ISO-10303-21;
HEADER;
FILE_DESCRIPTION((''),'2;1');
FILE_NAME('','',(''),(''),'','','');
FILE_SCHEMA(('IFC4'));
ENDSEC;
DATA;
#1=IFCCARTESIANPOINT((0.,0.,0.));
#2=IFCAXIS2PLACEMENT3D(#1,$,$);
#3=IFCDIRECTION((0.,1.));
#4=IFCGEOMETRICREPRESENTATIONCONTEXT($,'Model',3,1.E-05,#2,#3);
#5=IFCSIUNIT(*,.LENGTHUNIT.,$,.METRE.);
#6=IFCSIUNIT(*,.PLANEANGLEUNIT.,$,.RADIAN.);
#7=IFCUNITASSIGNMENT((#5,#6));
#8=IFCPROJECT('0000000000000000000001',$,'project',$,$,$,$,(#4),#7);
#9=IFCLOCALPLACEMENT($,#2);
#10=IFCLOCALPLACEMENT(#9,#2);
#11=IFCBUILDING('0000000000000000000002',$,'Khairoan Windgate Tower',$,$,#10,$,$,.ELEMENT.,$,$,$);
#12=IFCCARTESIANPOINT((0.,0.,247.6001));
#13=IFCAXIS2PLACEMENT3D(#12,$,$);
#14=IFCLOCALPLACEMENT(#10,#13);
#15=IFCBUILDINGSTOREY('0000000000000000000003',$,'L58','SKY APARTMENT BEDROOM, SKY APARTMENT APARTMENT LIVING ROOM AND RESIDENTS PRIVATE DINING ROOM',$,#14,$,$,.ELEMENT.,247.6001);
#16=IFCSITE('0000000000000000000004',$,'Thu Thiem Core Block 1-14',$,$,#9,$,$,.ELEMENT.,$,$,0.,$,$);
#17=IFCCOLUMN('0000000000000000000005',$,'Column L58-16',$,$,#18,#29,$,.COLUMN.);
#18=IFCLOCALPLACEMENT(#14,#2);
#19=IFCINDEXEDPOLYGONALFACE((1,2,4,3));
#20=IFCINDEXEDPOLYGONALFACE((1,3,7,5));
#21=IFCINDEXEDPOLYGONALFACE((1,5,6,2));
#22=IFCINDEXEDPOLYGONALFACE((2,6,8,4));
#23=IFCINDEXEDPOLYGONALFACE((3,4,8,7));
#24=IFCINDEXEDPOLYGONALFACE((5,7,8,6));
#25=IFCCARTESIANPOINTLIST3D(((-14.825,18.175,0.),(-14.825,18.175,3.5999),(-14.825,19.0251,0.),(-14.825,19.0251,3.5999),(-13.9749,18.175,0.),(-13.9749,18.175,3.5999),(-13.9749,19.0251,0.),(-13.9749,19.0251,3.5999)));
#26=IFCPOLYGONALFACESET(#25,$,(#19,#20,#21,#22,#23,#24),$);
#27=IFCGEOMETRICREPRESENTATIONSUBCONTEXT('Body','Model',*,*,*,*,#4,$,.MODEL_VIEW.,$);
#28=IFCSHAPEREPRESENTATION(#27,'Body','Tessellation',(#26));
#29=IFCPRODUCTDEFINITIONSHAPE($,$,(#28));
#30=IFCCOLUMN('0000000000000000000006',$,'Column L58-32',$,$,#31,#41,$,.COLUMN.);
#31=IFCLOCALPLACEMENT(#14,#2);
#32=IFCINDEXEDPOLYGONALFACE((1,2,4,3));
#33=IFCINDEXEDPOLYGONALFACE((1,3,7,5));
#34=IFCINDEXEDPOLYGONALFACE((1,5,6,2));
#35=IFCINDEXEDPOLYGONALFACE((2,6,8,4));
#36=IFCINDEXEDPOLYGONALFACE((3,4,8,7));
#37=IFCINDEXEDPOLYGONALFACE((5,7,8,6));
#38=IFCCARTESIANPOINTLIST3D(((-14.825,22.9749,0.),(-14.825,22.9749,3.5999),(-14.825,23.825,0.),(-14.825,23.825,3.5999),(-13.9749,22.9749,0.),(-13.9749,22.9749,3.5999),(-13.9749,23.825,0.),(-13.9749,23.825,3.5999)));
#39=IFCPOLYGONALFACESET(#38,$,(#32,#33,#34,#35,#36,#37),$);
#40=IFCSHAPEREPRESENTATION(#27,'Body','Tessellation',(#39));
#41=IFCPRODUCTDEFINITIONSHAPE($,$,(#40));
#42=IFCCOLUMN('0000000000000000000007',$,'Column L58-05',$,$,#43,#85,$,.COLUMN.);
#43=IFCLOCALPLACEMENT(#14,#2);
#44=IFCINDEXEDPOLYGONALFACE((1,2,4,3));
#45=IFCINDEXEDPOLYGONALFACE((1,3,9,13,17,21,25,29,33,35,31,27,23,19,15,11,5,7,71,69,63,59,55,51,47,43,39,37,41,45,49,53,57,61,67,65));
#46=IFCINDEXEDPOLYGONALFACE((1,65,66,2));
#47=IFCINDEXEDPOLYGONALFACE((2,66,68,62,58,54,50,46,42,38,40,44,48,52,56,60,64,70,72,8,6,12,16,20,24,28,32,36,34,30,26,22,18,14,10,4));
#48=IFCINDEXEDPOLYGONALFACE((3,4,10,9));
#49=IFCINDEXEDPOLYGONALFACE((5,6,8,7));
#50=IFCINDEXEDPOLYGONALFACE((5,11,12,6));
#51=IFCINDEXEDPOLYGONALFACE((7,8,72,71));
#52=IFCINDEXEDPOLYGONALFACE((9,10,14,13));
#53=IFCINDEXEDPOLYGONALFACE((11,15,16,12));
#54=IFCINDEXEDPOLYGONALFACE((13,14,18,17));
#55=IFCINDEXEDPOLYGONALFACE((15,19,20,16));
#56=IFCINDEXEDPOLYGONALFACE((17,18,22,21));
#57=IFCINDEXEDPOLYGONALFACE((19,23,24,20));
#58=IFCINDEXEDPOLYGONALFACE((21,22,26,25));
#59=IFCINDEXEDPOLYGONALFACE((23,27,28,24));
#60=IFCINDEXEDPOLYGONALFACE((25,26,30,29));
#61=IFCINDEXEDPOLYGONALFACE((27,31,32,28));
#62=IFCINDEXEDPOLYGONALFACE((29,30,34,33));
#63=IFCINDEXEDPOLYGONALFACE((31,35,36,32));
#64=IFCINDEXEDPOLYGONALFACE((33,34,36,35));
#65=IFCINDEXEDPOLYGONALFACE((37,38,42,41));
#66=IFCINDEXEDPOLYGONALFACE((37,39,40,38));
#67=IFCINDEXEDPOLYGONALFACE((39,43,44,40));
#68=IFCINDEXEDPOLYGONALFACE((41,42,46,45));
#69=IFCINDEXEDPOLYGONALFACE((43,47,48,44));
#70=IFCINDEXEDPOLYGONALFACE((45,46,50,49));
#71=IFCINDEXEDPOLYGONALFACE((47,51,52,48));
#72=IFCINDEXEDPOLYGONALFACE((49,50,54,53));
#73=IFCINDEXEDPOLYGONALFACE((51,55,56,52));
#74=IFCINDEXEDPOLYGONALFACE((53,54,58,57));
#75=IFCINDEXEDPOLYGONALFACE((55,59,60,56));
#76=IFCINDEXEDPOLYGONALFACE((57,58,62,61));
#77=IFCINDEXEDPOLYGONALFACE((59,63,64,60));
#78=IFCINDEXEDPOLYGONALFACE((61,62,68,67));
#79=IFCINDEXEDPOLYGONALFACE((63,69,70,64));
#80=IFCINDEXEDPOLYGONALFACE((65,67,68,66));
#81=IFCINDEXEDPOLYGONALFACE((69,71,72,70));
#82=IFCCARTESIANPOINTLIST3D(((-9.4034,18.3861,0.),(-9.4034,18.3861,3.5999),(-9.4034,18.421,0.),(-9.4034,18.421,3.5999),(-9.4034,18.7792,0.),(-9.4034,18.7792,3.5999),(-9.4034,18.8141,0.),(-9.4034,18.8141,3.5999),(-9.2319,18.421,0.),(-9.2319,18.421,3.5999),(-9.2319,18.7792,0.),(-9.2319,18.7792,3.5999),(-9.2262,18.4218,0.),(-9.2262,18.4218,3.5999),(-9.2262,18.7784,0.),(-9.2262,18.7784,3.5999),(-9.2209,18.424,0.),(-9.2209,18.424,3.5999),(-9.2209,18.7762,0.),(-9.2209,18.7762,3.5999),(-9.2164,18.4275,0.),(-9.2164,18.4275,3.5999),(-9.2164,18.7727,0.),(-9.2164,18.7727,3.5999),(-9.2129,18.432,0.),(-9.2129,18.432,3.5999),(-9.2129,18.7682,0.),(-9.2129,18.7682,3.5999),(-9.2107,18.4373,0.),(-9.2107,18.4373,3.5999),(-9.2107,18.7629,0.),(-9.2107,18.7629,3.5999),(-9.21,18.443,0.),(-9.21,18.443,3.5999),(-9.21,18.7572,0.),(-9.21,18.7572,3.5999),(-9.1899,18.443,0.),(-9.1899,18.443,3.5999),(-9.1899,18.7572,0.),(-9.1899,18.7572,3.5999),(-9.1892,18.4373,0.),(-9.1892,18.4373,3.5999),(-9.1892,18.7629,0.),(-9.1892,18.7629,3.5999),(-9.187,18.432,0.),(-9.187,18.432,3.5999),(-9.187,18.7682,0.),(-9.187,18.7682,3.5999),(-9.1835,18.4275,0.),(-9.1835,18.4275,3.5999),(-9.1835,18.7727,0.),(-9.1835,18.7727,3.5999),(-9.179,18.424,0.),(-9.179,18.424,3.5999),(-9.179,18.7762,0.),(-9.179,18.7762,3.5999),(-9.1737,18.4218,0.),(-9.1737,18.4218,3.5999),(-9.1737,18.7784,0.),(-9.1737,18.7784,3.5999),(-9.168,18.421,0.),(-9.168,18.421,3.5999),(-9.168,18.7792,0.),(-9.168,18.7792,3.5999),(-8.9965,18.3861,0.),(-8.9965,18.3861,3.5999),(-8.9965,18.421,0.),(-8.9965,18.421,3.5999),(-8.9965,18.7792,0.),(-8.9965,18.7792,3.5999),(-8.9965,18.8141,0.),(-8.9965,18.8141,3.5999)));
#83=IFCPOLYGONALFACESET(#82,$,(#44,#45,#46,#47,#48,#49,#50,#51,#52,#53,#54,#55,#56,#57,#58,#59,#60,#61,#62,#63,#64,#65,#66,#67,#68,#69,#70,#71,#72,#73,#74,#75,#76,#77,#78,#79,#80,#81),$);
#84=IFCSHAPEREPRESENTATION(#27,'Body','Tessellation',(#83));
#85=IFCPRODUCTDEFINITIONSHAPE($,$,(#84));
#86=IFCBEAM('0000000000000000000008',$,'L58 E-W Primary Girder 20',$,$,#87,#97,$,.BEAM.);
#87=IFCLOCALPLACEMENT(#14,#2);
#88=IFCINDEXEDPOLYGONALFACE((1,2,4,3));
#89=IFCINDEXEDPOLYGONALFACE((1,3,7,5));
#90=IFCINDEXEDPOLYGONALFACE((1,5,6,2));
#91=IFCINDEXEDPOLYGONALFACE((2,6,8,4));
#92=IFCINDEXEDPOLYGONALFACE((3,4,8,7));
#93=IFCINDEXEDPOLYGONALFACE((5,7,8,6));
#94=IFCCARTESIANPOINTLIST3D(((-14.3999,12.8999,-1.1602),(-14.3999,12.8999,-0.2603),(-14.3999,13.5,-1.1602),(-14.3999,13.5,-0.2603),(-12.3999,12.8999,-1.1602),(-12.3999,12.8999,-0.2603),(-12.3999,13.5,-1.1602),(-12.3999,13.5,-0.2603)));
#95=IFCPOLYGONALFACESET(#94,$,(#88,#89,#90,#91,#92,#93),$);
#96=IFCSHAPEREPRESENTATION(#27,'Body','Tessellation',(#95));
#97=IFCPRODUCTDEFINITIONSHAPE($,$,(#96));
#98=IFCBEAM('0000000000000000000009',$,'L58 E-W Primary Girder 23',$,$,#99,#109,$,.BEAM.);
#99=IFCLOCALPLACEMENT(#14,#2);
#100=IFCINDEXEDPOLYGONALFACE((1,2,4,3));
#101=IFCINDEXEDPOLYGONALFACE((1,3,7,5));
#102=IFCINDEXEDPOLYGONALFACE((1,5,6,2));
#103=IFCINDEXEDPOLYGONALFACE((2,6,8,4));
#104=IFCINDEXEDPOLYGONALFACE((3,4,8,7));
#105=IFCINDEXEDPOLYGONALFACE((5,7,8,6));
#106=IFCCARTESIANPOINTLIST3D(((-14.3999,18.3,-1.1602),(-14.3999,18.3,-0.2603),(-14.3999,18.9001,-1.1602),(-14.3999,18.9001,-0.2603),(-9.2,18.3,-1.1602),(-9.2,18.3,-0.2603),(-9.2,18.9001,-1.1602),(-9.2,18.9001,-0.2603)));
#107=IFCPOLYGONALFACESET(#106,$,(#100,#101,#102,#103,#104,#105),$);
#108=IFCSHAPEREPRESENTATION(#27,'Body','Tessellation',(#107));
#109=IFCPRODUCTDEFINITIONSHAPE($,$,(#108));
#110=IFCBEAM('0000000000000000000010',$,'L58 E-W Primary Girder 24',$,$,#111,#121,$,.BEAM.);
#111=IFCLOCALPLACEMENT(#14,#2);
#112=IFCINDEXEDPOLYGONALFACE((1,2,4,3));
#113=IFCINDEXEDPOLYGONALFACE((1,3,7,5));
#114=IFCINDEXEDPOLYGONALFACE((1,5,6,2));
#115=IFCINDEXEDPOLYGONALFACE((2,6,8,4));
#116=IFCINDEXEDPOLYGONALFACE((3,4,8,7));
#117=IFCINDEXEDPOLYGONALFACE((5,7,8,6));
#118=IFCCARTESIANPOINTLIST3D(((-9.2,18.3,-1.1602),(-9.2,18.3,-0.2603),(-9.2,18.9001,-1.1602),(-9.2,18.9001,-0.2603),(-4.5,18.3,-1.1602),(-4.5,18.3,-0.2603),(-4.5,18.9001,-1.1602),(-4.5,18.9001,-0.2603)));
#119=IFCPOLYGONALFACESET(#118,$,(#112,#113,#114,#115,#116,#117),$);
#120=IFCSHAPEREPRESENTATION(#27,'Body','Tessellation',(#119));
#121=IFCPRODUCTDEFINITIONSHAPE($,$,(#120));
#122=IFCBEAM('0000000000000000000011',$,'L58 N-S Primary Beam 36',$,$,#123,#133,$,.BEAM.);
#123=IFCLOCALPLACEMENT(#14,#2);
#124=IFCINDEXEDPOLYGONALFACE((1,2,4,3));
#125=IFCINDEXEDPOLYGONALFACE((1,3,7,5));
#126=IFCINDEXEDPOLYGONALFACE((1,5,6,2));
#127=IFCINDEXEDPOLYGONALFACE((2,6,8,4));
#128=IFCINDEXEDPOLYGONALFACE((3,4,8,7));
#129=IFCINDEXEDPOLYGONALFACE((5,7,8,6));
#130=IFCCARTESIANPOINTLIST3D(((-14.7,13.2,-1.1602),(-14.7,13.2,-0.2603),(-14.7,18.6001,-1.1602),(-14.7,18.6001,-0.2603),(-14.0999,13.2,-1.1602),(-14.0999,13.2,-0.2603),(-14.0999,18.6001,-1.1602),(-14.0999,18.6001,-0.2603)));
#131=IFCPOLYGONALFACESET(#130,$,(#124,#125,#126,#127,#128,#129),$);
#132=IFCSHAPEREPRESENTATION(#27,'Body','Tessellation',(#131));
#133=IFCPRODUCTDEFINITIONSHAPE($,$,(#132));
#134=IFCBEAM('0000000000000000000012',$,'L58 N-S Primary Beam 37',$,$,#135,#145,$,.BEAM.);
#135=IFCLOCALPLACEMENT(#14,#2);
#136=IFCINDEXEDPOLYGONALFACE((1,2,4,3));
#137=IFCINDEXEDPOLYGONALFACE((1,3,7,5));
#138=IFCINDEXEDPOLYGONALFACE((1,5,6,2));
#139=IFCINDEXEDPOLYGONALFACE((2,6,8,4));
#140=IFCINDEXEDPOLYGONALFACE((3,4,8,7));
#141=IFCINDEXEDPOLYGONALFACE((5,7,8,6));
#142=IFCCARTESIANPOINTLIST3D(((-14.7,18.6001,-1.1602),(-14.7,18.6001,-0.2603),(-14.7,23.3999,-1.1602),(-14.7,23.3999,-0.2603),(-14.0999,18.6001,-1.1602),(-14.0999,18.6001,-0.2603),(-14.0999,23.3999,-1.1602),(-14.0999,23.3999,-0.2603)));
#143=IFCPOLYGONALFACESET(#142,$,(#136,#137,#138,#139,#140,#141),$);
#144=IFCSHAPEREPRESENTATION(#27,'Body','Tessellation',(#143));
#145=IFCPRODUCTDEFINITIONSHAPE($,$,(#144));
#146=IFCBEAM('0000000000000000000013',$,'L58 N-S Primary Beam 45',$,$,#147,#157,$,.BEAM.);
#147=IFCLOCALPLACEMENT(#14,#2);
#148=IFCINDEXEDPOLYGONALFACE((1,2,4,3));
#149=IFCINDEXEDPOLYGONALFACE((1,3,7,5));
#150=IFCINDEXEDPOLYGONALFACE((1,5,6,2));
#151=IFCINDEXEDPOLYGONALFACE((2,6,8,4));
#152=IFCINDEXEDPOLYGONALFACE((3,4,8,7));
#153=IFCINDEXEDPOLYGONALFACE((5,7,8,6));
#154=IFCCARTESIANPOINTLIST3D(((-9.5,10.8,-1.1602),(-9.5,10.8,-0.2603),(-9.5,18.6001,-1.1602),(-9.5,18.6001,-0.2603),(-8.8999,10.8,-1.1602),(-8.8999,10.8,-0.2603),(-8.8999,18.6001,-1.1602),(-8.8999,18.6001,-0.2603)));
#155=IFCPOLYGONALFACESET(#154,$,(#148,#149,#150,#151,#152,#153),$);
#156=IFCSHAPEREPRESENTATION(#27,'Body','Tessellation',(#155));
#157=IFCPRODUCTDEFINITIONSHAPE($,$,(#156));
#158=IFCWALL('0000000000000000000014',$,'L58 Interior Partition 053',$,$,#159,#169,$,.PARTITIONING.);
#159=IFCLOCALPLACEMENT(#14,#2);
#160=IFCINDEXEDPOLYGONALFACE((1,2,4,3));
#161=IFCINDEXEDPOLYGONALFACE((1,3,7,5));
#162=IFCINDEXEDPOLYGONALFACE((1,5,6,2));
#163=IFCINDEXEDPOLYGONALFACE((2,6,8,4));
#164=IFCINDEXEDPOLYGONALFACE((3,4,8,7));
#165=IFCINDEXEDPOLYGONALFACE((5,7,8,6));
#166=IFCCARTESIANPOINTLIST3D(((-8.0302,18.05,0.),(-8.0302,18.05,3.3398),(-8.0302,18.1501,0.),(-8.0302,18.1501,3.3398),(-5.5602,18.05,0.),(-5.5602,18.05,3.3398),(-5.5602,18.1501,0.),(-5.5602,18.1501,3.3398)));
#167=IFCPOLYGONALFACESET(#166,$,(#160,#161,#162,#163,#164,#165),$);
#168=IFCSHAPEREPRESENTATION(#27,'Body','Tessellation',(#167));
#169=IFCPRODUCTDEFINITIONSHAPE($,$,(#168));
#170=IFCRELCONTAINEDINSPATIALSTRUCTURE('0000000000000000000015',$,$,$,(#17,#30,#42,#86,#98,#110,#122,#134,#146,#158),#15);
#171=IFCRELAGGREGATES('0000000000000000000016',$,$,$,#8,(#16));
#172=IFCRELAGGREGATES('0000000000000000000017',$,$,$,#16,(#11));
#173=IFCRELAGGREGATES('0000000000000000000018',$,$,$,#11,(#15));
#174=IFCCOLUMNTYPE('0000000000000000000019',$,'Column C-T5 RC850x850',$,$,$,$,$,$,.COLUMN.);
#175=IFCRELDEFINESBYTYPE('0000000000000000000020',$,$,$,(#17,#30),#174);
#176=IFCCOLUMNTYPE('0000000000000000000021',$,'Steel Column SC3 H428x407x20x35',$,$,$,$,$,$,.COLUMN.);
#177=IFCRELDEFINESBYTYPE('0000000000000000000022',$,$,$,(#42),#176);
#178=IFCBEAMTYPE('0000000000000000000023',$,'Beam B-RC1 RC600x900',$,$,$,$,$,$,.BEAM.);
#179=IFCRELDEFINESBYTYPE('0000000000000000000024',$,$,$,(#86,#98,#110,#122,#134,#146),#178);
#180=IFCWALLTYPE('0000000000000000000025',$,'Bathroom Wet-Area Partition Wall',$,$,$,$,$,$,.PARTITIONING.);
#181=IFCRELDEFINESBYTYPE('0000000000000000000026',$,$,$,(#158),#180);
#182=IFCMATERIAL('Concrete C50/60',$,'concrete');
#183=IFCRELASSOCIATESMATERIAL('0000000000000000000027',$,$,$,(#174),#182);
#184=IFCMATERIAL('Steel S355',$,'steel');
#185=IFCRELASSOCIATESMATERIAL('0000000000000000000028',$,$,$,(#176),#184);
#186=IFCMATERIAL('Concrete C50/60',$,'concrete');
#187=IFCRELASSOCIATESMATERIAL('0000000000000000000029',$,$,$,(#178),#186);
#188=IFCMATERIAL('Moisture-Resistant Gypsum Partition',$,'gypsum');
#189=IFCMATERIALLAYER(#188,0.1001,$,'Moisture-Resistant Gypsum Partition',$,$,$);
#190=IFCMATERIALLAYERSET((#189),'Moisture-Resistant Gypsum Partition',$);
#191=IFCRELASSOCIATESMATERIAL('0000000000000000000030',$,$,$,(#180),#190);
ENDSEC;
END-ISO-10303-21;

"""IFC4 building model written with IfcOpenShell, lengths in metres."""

from ifc_helpers import new_model, si_unit, direction, frame, frame_2d, origin, origin_2d, place, context, subcontext, project, spatial, rectangle, i_section, extrude, material, layer, layer_set, material_profile, profile_set, type_object, element, save


model = new_model("IFC4")

# Units and contexts
model_context = context("Model", 3, precision=1e-05, world=origin(), true_north=direction((0.0, 1.0)))
body_context = subcontext(model_context, "Body", "Model", "MODEL_VIEW")
ifc_project = project(units=[si_unit("LENGTHUNIT", "METRE"), si_unit("PLANEANGLEUNIT", "RADIAN")], contexts=[model_context])

# Site, building, storey
site_placement = place(None, origin())
site = spatial("IfcSite", under=ifc_project, at=site_placement, Name="Thu Thiem Core Block 1-14", CompositionType="ELEMENT", RefElevation=0.0)
building_placement = place(site_placement, origin())
building = spatial("IfcBuilding", under=site, at=building_placement, Name="Khairoan Windgate Tower", CompositionType="ELEMENT")
storey_placement = place(building_placement, frame((0.0, 0.0, 247.6001)))
storey = spatial("IfcBuildingStorey", under=building, at=storey_placement, Name="L58", Description="SKY APARTMENT BEDROOM, SKY APARTMENT APARTMENT LIVING ROOM AND RESIDENTS PRIVATE DINING ROOM", CompositionType="ELEMENT", Elevation=247.6001)

# Columns
ifc_material_1 = material(Name="Concrete C50/60", Category="concrete")
ifc_material_profile_1 = material_profile(ifc_material_1, rectangle(XDim=0.8501, YDim=0.8501, at=origin_2d()))
ifc_profile_set_1 = profile_set([ifc_material_profile_1], Name="Concrete C50/60")
column_type_1 = type_object("IfcColumnType", Name="Column C-T5 RC850x850", PredefinedType="COLUMN", material=ifc_profile_set_1)
for number, where, z_axis, x_axis, name in (
    (1, (-14.3999, 18.6001, 0.0), (0.0, 0.0, 1.0), (1.0, 0.0, 0.0), "Column L58-16"),
    (2, (-14.3999, 23.3999, 0.0), (0.0, 0.0, 1.0), (1.0, 0.0, 0.0), "Column L58-32"),
):
    element("IfcColumn", number, at=place(storey_placement, frame(where, z_axis=z_axis, x_axis=x_axis)), inside=storey, type_object=column_type_1, Name=name, PredefinedType="COLUMN", context=body_context, shape_type="SweptSolid", body=[
        extrude(rectangle(XDim=0.8501, YDim=0.8501, at=origin_2d()), origin(), (0.0, 0.0, 1.0), 3.5999),
    ])
ifc_material_2 = material(Name="Steel S355", Category="steel")
ifc_material_profile_2 = material_profile(ifc_material_2, i_section(OverallWidth=0.407, OverallDepth=0.428, WebThickness=0.02, FlangeThickness=0.0349, FilletRadius=0.022, at=origin_2d()))
ifc_profile_set_2 = profile_set([ifc_material_profile_2], Name="Steel S355")
column_type_2 = type_object("IfcColumnType", Name="Steel Column SC3 H428x407x20x35", PredefinedType="COLUMN", material=ifc_profile_set_2)
column_placement = place(storey_placement, frame((-9.2, 18.6001, 0.0), z_axis=(0.0, 0.0, 1.0), x_axis=(1.0, 0.0, 0.0)))
element("IfcColumn", 3, at=column_placement, inside=storey, type_object=column_type_2, Name="Column L58-05", PredefinedType="COLUMN", context=body_context, shape_type="SweptSolid", body=[
    extrude(i_section(OverallWidth=0.407, OverallDepth=0.428, WebThickness=0.02, FlangeThickness=0.0349, FilletRadius=0.022, at=origin_2d()), origin(), (0.0, 0.0, 1.0), 3.5999),
])

# Beams
ifc_material_3 = material(Name="Concrete C50/60", Category="concrete")
ifc_material_profile_3 = material_profile(ifc_material_3, rectangle(XDim=0.6001, YDim=0.8999, at=origin_2d()))
ifc_profile_set_3 = profile_set([ifc_material_profile_3], Name="Concrete C50/60")
beam_type = type_object("IfcBeamType", Name="Beam B-RC1 RC600x900", PredefinedType="BEAM", material=ifc_profile_set_3)
beam_1_placement = place(storey_placement, frame((-14.3999, 13.2, -0.7102), z_axis=(1.0, 0.0, 0.0), x_axis=(0.0, 1.0, 0.0)))
element("IfcBeam", 4, at=beam_1_placement, inside=storey, type_object=beam_type, Name="L58 E-W Primary Girder 20", PredefinedType="BEAM", context=body_context, shape_type="SweptSolid", body=[
    extrude(rectangle(XDim=0.6001, YDim=0.8999, at=origin_2d()), origin(), (0.0, 0.0, 1.0), 2.0),
])
beam_2_placement = place(storey_placement, frame((-14.3999, 18.6001, -0.7102), z_axis=(1.0, 0.0, 0.0), x_axis=(0.0, 1.0, 0.0)))
element("IfcBeam", 5, at=beam_2_placement, inside=storey, type_object=beam_type, Name="L58 E-W Primary Girder 23", PredefinedType="BEAM", context=body_context, shape_type="SweptSolid", body=[
    extrude(rectangle(XDim=0.6001, YDim=0.8999, at=origin_2d()), origin(), (0.0, 0.0, 1.0), 5.2),
])
beam_3_placement = place(storey_placement, frame((-9.2, 18.6001, -0.7102), z_axis=(1.0, 0.0, 0.0), x_axis=(0.0, 1.0, 0.0)))
element("IfcBeam", 6, at=beam_3_placement, inside=storey, type_object=beam_type, Name="L58 E-W Primary Girder 24", PredefinedType="BEAM", context=body_context, shape_type="SweptSolid", body=[
    extrude(rectangle(XDim=0.6001, YDim=0.8999, at=origin_2d()), origin(), (0.0, 0.0, 1.0), 4.7),
])
beam_4_placement = place(storey_placement, frame((-14.3999, 13.2, -0.7102), z_axis=(0.0, 1.0, 0.0), x_axis=(-1.0, 0.0, 0.0)))
element("IfcBeam", 7, at=beam_4_placement, inside=storey, type_object=beam_type, Name="L58 N-S Primary Beam 36", PredefinedType="BEAM", context=body_context, shape_type="SweptSolid", body=[
    extrude(rectangle(XDim=0.6001, YDim=0.8999, at=origin_2d()), origin(), (0.0, 0.0, 1.0), 5.4001),
])
beam_5_placement = place(storey_placement, frame((-14.3999, 18.6001, -0.7102), z_axis=(0.0, 1.0, 0.0), x_axis=(-1.0, 0.0, 0.0)))
element("IfcBeam", 8, at=beam_5_placement, inside=storey, type_object=beam_type, Name="L58 N-S Primary Beam 37", PredefinedType="BEAM", context=body_context, shape_type="SweptSolid", body=[
    extrude(rectangle(XDim=0.6001, YDim=0.8999, at=origin_2d()), origin(), (0.0, 0.0, 1.0), 4.7998),
])
beam_6_placement = place(storey_placement, frame((-9.2, 10.8, -0.7102), z_axis=(0.0, 1.0, 0.0), x_axis=(-1.0, 0.0, 0.0)))
element("IfcBeam", 9, at=beam_6_placement, inside=storey, type_object=beam_type, Name="L58 N-S Primary Beam 45", PredefinedType="BEAM", context=body_context, shape_type="SweptSolid", body=[
    extrude(rectangle(XDim=0.6001, YDim=0.8999, at=origin_2d()), origin(), (0.0, 0.0, 1.0), 7.8),
])

# Wall
ifc_material_4 = material(Name="Moisture-Resistant Gypsum Partition", Category="gypsum")
ifc_layer_1 = layer(ifc_material_4, 0.1001, Name="Moisture-Resistant Gypsum Partition")
ifc_layer_set_1 = layer_set([ifc_layer_1], Name="Moisture-Resistant Gypsum Partition")
wall_type_1 = type_object("IfcWallType", Name="Bathroom Wet-Area Partition Wall", PredefinedType="PARTITIONING", material=ifc_layer_set_1)
wall_1_placement = place(storey_placement, frame((-8.03, 18.1001, 0.0), z_axis=(0.0, 0.0, 1.0), x_axis=(1.0, 0.0, 0.0)))
element("IfcWall", 10, at=wall_1_placement, inside=storey, type_object=wall_type_1, Name="L58 Interior Partition 053", PredefinedType="PARTITIONING", context=body_context, shape_type="SweptSolid", body=[
    extrude(rectangle(XDim=2.47, YDim=0.1001, at=frame_2d((1.2349, 0.0))), origin(), (0.0, 0.0, 1.0), 3.3398),
])

save(model, "model.ifc")
